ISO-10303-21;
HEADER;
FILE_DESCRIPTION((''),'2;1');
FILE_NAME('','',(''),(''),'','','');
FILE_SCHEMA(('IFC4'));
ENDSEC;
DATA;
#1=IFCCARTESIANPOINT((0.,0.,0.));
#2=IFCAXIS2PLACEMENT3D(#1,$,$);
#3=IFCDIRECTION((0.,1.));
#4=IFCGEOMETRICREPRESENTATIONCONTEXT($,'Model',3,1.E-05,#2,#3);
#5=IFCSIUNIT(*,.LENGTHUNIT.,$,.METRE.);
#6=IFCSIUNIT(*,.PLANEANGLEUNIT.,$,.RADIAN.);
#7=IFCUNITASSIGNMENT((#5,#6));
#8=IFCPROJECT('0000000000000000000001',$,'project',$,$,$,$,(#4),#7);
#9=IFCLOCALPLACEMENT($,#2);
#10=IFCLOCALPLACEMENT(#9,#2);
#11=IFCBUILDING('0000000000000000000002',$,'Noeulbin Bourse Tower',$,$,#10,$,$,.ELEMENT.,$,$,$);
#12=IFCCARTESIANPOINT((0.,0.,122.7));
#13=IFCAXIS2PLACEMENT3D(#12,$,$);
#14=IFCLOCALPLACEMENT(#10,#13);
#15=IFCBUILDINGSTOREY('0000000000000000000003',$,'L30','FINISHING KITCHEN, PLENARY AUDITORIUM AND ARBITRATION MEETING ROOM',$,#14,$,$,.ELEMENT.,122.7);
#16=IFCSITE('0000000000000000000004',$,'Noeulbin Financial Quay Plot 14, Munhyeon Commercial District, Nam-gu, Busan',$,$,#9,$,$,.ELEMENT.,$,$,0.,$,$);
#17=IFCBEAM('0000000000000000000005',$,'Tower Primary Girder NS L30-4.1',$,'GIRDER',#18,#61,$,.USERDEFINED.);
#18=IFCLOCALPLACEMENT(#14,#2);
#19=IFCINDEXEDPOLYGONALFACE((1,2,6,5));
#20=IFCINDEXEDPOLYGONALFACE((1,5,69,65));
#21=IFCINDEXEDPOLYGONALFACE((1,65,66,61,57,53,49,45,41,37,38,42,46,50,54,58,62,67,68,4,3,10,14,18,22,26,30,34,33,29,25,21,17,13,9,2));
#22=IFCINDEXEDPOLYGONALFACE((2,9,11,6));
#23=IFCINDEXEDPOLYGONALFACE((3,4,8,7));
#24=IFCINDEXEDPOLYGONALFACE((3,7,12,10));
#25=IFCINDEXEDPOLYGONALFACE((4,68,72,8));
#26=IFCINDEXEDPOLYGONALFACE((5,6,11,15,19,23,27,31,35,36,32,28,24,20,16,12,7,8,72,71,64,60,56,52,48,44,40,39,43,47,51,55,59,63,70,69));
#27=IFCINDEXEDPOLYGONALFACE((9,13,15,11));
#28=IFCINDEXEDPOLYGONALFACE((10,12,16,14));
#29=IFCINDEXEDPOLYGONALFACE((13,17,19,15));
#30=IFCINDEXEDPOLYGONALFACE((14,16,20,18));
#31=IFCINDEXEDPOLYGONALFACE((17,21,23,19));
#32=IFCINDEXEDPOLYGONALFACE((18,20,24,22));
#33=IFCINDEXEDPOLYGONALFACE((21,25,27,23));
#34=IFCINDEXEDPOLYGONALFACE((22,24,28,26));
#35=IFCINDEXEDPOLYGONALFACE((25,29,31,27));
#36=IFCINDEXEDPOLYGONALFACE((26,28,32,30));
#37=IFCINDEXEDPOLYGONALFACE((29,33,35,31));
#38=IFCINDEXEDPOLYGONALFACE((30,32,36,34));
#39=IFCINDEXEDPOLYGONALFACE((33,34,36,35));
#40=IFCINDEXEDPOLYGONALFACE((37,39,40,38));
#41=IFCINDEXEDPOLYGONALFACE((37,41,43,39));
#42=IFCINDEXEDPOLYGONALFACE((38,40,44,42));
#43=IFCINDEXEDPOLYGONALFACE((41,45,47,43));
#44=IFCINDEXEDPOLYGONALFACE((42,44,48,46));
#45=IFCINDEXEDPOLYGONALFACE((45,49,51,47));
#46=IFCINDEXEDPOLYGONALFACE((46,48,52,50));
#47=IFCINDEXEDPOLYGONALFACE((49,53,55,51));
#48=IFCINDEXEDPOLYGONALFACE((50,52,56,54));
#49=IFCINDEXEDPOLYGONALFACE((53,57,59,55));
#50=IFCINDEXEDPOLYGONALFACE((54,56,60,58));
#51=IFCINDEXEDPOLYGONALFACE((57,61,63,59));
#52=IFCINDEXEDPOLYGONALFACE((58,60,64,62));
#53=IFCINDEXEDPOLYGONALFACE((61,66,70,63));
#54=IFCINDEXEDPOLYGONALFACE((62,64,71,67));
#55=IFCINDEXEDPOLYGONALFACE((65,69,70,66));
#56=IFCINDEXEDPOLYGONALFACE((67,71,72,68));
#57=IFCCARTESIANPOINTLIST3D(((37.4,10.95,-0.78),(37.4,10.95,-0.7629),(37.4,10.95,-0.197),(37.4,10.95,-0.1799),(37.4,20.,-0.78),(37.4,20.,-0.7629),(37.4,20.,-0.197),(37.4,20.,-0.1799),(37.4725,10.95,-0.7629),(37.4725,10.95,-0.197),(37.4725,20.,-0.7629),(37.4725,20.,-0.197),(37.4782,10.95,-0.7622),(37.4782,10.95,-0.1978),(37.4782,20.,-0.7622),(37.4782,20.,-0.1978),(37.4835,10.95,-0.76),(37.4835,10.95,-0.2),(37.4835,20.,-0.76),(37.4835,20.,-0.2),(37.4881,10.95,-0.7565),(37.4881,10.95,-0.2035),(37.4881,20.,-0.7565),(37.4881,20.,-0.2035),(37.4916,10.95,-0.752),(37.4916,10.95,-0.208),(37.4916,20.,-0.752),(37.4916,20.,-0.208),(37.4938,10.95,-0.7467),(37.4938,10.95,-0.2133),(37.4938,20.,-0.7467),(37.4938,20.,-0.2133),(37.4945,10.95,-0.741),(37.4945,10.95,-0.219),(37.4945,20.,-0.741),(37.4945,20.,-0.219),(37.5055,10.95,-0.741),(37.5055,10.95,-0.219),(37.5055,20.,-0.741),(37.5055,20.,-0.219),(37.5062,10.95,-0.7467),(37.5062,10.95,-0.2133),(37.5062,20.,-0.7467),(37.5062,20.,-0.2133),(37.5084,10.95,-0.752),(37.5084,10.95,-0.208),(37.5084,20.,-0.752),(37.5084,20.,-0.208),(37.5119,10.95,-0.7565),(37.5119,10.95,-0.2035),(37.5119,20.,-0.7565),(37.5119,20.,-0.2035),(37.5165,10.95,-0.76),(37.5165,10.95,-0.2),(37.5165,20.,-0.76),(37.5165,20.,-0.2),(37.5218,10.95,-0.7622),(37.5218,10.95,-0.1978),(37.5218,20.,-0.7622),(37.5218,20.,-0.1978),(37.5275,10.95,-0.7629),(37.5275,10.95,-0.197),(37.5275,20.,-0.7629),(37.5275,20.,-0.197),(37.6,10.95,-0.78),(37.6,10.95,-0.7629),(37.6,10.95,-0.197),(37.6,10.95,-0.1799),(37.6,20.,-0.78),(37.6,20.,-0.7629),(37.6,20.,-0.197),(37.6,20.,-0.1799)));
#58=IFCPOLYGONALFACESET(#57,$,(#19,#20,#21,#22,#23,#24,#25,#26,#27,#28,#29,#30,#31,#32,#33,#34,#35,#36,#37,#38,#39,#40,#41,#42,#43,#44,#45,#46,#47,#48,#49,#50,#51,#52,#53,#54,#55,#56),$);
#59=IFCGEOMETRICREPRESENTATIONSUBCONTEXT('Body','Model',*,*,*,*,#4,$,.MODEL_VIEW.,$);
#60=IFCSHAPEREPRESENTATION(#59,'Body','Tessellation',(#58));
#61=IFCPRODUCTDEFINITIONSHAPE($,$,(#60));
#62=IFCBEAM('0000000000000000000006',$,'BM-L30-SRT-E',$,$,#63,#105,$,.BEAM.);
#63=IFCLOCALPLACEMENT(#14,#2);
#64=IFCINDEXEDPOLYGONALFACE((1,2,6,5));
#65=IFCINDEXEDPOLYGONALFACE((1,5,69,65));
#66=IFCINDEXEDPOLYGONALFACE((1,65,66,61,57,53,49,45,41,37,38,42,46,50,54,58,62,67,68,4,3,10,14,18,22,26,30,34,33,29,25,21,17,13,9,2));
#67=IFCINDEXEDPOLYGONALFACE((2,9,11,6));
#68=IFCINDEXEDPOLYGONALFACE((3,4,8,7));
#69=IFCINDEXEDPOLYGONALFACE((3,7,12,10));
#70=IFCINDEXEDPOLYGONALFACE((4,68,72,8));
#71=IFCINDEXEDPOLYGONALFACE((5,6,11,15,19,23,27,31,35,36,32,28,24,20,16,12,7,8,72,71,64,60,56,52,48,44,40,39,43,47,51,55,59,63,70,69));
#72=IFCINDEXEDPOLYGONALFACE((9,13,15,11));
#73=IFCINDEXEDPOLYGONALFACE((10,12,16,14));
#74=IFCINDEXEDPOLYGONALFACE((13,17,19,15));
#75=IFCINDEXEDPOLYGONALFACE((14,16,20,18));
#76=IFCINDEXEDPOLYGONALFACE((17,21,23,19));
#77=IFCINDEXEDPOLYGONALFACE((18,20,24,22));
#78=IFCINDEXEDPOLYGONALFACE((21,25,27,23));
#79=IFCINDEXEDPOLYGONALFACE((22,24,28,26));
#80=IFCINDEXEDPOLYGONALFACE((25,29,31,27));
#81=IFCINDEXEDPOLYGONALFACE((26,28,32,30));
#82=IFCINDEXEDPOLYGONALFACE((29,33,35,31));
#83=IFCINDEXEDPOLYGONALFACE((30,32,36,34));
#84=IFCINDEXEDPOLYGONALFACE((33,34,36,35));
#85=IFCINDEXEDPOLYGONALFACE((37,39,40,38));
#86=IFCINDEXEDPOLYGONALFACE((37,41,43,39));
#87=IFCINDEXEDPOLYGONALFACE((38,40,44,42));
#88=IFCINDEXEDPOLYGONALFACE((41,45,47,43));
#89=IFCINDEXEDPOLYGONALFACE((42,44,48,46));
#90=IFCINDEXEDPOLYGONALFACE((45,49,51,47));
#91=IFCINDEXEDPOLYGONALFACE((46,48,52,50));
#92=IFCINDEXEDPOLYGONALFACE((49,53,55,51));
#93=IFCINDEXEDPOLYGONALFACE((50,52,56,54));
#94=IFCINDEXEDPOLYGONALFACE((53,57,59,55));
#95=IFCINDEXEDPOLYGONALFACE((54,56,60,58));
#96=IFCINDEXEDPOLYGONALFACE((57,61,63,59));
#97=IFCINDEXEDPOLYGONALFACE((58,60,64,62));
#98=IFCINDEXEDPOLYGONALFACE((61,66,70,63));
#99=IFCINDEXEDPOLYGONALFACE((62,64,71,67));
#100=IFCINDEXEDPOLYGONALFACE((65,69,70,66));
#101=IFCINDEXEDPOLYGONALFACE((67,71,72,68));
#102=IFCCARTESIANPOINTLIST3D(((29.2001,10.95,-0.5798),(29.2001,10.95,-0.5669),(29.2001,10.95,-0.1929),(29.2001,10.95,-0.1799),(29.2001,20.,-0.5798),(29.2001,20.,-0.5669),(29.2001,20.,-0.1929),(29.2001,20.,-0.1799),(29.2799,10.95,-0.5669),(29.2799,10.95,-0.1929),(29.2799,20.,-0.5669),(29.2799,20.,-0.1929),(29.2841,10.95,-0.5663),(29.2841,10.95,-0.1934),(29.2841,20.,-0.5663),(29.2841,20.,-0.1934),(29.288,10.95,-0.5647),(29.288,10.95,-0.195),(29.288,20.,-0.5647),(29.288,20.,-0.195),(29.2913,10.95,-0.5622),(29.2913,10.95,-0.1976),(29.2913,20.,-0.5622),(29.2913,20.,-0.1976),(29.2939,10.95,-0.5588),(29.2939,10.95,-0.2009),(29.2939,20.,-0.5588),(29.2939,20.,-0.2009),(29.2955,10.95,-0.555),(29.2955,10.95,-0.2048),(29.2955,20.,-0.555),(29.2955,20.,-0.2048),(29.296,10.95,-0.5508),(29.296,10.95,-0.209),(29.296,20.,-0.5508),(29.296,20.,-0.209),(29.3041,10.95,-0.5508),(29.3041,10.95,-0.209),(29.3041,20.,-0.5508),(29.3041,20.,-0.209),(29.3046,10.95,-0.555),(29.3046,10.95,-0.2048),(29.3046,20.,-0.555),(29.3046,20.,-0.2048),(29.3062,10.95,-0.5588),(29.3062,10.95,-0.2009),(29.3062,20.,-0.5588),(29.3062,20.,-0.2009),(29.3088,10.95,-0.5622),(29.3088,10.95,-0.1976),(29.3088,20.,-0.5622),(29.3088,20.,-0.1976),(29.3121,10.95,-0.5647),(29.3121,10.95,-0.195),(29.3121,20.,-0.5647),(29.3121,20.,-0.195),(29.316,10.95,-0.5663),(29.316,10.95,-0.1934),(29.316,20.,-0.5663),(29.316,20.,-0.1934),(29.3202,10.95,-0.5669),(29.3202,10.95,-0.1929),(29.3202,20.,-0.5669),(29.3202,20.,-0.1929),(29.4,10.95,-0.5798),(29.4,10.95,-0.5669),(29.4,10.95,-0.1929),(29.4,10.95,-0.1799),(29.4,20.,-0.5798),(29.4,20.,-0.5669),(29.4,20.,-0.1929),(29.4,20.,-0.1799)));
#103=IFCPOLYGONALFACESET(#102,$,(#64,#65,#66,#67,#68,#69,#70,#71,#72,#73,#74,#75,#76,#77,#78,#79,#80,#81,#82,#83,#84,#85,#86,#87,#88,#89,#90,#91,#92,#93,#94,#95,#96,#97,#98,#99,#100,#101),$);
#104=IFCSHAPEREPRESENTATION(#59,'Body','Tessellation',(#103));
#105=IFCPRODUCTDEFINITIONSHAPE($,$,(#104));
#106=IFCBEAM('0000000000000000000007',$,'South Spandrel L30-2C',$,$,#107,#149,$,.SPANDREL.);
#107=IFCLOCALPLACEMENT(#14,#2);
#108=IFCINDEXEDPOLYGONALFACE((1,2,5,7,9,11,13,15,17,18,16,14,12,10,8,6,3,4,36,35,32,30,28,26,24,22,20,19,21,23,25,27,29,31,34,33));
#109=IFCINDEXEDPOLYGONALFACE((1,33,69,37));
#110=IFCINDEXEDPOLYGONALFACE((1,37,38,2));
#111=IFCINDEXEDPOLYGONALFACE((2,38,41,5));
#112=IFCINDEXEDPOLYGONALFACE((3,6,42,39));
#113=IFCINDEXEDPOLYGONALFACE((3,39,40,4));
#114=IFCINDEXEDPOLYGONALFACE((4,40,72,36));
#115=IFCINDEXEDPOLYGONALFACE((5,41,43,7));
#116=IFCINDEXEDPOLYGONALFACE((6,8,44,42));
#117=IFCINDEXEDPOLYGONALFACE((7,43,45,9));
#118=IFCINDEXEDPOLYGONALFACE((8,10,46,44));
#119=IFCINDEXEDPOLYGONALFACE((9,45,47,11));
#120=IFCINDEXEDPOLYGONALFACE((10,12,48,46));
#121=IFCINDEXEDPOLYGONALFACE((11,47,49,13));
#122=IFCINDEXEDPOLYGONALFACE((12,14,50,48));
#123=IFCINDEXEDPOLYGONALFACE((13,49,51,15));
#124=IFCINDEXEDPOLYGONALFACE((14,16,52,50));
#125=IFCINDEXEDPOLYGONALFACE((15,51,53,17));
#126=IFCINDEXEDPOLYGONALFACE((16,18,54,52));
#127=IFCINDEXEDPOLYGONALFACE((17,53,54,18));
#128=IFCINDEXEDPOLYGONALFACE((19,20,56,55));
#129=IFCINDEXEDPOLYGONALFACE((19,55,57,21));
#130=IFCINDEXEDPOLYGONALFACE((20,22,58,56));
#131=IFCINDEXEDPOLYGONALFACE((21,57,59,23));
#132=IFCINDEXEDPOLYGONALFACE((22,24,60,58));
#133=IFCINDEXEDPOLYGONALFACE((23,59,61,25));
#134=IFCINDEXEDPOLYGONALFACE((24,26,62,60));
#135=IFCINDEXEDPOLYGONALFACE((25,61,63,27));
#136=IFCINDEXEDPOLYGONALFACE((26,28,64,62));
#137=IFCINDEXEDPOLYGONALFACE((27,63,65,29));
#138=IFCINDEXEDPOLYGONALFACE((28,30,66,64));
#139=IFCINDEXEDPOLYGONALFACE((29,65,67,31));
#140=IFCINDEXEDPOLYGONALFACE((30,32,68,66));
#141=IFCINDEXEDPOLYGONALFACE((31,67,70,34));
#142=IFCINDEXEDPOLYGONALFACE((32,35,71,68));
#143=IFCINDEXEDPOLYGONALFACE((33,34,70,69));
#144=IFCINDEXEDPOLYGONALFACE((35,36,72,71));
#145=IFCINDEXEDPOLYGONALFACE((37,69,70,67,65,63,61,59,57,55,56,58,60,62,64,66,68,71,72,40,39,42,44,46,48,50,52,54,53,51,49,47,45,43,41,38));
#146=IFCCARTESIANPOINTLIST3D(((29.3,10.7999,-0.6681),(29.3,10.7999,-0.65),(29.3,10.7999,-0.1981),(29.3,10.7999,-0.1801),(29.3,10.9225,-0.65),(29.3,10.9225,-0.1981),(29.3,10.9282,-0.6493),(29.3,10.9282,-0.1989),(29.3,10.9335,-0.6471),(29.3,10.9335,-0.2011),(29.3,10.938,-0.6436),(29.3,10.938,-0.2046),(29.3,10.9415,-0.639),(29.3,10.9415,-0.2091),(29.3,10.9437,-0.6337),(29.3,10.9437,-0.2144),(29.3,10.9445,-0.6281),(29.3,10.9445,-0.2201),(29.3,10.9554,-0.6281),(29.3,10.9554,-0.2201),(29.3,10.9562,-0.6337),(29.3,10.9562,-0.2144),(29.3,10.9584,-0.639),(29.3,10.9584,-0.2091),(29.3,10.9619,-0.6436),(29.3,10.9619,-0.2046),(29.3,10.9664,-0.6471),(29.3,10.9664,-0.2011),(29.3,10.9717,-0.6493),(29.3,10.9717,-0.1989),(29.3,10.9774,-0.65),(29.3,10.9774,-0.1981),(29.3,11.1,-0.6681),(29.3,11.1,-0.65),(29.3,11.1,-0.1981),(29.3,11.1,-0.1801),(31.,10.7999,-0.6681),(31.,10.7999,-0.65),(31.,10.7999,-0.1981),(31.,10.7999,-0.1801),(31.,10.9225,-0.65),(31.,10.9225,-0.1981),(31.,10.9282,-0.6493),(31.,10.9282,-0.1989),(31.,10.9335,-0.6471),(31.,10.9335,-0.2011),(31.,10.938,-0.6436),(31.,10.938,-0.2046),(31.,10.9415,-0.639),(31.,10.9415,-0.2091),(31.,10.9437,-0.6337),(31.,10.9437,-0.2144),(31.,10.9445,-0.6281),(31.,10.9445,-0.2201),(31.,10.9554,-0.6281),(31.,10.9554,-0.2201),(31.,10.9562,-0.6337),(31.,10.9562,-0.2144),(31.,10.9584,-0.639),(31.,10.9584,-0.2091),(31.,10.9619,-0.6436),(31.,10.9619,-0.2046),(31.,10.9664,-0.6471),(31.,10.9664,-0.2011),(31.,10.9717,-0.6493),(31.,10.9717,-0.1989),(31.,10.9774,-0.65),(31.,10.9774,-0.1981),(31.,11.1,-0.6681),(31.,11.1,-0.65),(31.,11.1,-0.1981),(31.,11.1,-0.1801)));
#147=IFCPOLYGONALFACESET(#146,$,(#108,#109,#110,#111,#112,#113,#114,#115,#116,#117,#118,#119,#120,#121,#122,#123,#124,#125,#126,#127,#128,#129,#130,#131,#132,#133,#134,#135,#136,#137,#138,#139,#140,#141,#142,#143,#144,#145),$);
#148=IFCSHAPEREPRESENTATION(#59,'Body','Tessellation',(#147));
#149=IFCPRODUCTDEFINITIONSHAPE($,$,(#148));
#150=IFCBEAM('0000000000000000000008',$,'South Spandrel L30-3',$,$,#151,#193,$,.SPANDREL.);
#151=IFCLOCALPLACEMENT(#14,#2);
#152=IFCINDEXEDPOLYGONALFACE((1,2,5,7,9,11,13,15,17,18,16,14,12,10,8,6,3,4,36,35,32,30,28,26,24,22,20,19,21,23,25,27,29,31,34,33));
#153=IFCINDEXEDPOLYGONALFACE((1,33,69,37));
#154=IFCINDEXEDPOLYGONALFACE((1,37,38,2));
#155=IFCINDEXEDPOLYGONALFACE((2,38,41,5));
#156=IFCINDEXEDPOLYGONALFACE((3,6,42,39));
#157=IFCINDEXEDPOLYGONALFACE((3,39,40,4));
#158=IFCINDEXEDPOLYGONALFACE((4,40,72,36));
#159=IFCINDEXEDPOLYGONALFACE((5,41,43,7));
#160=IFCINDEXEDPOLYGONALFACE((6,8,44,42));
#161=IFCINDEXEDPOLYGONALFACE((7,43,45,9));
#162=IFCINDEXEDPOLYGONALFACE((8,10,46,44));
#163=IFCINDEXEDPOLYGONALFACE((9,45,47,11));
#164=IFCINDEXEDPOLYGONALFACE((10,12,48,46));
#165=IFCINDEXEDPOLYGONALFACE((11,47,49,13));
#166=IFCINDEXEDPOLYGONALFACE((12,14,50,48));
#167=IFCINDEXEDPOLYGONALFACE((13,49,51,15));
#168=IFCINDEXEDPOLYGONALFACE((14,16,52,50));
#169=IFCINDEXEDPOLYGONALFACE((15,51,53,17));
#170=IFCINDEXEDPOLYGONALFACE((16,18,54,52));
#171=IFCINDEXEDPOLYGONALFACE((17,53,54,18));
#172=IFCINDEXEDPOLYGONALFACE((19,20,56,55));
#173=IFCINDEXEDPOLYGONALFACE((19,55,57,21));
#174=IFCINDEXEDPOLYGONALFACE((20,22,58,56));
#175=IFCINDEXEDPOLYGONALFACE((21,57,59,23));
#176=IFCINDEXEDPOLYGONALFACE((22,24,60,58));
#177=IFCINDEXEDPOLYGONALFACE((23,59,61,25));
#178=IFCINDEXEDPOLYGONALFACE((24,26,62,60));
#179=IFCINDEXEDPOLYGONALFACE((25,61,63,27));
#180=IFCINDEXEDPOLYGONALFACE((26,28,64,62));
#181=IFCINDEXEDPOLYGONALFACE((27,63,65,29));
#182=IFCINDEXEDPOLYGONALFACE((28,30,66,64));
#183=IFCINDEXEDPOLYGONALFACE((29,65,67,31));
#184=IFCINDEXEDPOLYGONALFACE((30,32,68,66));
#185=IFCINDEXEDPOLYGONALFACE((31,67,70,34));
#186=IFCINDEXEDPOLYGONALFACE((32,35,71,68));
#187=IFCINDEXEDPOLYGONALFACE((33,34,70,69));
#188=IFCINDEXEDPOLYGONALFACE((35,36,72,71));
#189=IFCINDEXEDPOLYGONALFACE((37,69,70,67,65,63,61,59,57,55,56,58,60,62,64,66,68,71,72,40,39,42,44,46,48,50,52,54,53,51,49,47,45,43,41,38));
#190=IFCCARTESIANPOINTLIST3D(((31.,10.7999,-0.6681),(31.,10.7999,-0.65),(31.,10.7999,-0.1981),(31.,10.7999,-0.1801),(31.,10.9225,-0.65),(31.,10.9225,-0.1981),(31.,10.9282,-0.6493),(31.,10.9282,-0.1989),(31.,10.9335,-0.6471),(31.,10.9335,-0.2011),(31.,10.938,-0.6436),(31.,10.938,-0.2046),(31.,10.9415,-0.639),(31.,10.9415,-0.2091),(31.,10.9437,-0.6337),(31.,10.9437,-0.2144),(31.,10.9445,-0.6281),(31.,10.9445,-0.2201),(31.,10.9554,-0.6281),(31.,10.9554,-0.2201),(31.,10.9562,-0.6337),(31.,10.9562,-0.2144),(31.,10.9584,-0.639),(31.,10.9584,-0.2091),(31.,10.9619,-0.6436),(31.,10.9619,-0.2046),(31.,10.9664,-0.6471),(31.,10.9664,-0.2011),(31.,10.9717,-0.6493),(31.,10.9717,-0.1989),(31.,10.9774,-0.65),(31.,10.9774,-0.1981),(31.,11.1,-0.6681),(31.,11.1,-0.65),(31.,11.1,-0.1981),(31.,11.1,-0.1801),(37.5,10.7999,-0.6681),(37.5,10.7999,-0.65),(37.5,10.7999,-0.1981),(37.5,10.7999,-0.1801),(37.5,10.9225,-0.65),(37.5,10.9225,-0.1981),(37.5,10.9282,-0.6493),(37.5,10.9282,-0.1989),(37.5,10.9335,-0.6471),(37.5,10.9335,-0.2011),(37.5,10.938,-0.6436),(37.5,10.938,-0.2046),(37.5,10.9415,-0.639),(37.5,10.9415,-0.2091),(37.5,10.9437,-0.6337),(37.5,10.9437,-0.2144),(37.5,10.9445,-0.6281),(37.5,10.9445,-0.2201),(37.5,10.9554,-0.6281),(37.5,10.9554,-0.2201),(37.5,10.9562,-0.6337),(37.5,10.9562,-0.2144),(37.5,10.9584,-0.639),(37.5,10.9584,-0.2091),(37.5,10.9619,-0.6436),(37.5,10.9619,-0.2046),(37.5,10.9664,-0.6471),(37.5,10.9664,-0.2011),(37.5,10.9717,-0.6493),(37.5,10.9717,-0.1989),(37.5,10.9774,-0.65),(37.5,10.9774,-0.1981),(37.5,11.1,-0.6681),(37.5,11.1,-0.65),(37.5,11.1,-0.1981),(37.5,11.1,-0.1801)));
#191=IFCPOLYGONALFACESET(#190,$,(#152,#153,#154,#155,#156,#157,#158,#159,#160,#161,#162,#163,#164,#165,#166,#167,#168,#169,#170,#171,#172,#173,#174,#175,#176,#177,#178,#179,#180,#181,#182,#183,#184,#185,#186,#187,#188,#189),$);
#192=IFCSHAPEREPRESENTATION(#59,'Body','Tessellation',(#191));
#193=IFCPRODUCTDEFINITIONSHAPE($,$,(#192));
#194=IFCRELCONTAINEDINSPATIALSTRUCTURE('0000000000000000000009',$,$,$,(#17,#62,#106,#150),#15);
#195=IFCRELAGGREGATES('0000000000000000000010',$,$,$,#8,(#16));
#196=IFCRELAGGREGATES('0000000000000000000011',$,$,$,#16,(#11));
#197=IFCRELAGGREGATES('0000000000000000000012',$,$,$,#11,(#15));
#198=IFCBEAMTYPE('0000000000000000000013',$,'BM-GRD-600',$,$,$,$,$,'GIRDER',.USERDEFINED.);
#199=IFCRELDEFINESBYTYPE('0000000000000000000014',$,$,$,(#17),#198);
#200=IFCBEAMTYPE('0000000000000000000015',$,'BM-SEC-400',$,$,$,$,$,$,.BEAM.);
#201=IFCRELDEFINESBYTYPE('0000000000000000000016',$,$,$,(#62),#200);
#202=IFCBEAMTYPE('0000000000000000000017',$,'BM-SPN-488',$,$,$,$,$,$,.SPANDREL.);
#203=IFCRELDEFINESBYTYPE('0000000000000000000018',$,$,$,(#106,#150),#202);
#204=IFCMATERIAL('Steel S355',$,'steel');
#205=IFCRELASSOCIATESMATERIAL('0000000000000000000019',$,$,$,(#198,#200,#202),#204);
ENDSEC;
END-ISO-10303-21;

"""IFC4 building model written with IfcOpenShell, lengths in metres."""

from ifc_helpers import new_model, si_unit, direction, frame, origin, origin_2d, place, context, subcontext, project, spatial, i_section, extrude, material, material_profile, profile_set, type_object, element, save


model = new_model("IFC4")

# Units and contexts
model_context = context("Model", 3, precision=1e-05, world=origin(), true_north=direction((0.0, 1.0)))
body_context = subcontext(model_context, "Body", "Model", "MODEL_VIEW")
ifc_project = project(units=[si_unit("LENGTHUNIT", "METRE"), si_unit("PLANEANGLEUNIT", "RADIAN")], contexts=[model_context])

# Site, building, storey
site_placement = place(None, origin())
site = spatial("IfcSite", under=ifc_project, at=site_placement, Name="Noeulbin Financial Quay Plot 14, Munhyeon Commercial District, Nam-gu, Busan", CompositionType="ELEMENT", RefElevation=0.0)
building_placement = place(site_placement, origin())
building = spatial("IfcBuilding", under=site, at=building_placement, Name="Noeulbin Bourse Tower", CompositionType="ELEMENT")
storey_placement = place(building_placement, frame((0.0, 0.0, 122.7)))
storey = spatial("IfcBuildingStorey", under=building, at=storey_placement, Name="L30", Description="FINISHING KITCHEN, PLENARY AUDITORIUM AND ARBITRATION MEETING ROOM", CompositionType="ELEMENT", Elevation=122.7)

# Shared definitions
ifc_material_1 = material(Name="Steel S355", Category="steel")

# Beams
ifc_material_profile_1 = material_profile(ifc_material_1, i_section(OverallWidth=0.2, OverallDepth=0.6001, WebThickness=0.011, FlangeThickness=0.0171, FilletRadius=0.022, at=origin_2d()), Name="H-600x200x11x17", Category="LoadBearing")
ifc_profile_set_1 = profile_set([ifc_material_profile_1], Name="Steel S355")
beam_type_1 = type_object("IfcBeamType", Name="BM-GRD-600", ElementType="GIRDER", PredefinedType="USERDEFINED", material=ifc_profile_set_1)
for number, where, z_axis, x_axis, name in (
    (1, (37.5, 10.95, -0.48), (0.0, 1.0, 0.0), (-1.0, 0.0, 0.0), "Tower Primary Girder NS L30-4.1"),
):
    element("IfcBeam", number, at=place(storey_placement, frame(where, z_axis=z_axis, x_axis=x_axis)), inside=storey, type_object=beam_type_1, Name=name, ObjectType="GIRDER", PredefinedType="USERDEFINED", context=body_context, shape_type="SweptSolid", body=[
        extrude(i_section(OverallWidth=0.2, OverallDepth=0.6001, WebThickness=0.011, FlangeThickness=0.0171, FilletRadius=0.022, at=origin_2d()), origin(), (0.0, 0.0, 1.0), 9.05),
    ])
ifc_material_profile_2 = material_profile(ifc_material_1, i_section(OverallWidth=0.2, OverallDepth=0.3999, WebThickness=0.0081, FlangeThickness=0.0129, FilletRadius=0.0161, at=origin_2d()), Name="H-400x200x8x13", Category="LoadBearing")
ifc_profile_set_2 = profile_set([ifc_material_profile_2], Name="Steel S355")
beam_type_2 = type_object("IfcBeamType", Name="BM-SEC-400", PredefinedType="BEAM", material=ifc_profile_set_2)
beam_1_placement = place(storey_placement, frame((29.3, 10.95, -0.3799), z_axis=(0.0, 1.0, 0.0), x_axis=(-1.0, 0.0, 0.0)))
element("IfcBeam", 2, at=beam_1_placement, inside=storey, type_object=beam_type_2, Name="BM-L30-SRT-E", PredefinedType="BEAM", context=body_context, shape_type="SweptSolid", body=[
    extrude(i_section(OverallWidth=0.2, OverallDepth=0.3999, WebThickness=0.0081, FlangeThickness=0.0129, FilletRadius=0.0161, at=origin_2d()), origin(), (0.0, 0.0, 1.0), 9.05),
])
ifc_material_profile_3 = material_profile(ifc_material_1, i_section(OverallWidth=0.3, OverallDepth=0.488, WebThickness=0.011, FlangeThickness=0.0181, FilletRadius=0.022, at=origin_2d()), Name="H-488x300x11x18", Category="LoadBearing")
ifc_profile_set_3 = profile_set([ifc_material_profile_3], Name="Steel S355")
beam_type_3 = type_object("IfcBeamType", Name="BM-SPN-488", PredefinedType="SPANDREL", material=ifc_profile_set_3)
beam_2_placement = place(storey_placement, frame((29.3, 10.95, -0.4241), z_axis=(1.0, 0.0, 0.0), x_axis=(0.0, 1.0, 0.0)))
element("IfcBeam", 3, at=beam_2_placement, inside=storey, type_object=beam_type_3, Name="South Spandrel L30-2C", PredefinedType="SPANDREL", context=body_context, shape_type="SweptSolid", body=[
    extrude(i_section(OverallWidth=0.3, OverallDepth=0.488, WebThickness=0.011, FlangeThickness=0.0181, FilletRadius=0.022, at=origin_2d()), origin(), (0.0, 0.0, 1.0), 1.7),
])
beam_3_placement = place(storey_placement, frame((31.0, 10.95, -0.4241), z_axis=(1.0, 0.0, 0.0), x_axis=(0.0, 1.0, 0.0)))
element("IfcBeam", 4, at=beam_3_placement, inside=storey, type_object=beam_type_3, Name="South Spandrel L30-3", PredefinedType="SPANDREL", context=body_context, shape_type="SweptSolid", body=[
    extrude(i_section(OverallWidth=0.3, OverallDepth=0.488, WebThickness=0.011, FlangeThickness=0.0181, FilletRadius=0.022, at=origin_2d()), origin(), (0.0, 0.0, 1.0), 6.5),
])

save(model, "model.ifc")
